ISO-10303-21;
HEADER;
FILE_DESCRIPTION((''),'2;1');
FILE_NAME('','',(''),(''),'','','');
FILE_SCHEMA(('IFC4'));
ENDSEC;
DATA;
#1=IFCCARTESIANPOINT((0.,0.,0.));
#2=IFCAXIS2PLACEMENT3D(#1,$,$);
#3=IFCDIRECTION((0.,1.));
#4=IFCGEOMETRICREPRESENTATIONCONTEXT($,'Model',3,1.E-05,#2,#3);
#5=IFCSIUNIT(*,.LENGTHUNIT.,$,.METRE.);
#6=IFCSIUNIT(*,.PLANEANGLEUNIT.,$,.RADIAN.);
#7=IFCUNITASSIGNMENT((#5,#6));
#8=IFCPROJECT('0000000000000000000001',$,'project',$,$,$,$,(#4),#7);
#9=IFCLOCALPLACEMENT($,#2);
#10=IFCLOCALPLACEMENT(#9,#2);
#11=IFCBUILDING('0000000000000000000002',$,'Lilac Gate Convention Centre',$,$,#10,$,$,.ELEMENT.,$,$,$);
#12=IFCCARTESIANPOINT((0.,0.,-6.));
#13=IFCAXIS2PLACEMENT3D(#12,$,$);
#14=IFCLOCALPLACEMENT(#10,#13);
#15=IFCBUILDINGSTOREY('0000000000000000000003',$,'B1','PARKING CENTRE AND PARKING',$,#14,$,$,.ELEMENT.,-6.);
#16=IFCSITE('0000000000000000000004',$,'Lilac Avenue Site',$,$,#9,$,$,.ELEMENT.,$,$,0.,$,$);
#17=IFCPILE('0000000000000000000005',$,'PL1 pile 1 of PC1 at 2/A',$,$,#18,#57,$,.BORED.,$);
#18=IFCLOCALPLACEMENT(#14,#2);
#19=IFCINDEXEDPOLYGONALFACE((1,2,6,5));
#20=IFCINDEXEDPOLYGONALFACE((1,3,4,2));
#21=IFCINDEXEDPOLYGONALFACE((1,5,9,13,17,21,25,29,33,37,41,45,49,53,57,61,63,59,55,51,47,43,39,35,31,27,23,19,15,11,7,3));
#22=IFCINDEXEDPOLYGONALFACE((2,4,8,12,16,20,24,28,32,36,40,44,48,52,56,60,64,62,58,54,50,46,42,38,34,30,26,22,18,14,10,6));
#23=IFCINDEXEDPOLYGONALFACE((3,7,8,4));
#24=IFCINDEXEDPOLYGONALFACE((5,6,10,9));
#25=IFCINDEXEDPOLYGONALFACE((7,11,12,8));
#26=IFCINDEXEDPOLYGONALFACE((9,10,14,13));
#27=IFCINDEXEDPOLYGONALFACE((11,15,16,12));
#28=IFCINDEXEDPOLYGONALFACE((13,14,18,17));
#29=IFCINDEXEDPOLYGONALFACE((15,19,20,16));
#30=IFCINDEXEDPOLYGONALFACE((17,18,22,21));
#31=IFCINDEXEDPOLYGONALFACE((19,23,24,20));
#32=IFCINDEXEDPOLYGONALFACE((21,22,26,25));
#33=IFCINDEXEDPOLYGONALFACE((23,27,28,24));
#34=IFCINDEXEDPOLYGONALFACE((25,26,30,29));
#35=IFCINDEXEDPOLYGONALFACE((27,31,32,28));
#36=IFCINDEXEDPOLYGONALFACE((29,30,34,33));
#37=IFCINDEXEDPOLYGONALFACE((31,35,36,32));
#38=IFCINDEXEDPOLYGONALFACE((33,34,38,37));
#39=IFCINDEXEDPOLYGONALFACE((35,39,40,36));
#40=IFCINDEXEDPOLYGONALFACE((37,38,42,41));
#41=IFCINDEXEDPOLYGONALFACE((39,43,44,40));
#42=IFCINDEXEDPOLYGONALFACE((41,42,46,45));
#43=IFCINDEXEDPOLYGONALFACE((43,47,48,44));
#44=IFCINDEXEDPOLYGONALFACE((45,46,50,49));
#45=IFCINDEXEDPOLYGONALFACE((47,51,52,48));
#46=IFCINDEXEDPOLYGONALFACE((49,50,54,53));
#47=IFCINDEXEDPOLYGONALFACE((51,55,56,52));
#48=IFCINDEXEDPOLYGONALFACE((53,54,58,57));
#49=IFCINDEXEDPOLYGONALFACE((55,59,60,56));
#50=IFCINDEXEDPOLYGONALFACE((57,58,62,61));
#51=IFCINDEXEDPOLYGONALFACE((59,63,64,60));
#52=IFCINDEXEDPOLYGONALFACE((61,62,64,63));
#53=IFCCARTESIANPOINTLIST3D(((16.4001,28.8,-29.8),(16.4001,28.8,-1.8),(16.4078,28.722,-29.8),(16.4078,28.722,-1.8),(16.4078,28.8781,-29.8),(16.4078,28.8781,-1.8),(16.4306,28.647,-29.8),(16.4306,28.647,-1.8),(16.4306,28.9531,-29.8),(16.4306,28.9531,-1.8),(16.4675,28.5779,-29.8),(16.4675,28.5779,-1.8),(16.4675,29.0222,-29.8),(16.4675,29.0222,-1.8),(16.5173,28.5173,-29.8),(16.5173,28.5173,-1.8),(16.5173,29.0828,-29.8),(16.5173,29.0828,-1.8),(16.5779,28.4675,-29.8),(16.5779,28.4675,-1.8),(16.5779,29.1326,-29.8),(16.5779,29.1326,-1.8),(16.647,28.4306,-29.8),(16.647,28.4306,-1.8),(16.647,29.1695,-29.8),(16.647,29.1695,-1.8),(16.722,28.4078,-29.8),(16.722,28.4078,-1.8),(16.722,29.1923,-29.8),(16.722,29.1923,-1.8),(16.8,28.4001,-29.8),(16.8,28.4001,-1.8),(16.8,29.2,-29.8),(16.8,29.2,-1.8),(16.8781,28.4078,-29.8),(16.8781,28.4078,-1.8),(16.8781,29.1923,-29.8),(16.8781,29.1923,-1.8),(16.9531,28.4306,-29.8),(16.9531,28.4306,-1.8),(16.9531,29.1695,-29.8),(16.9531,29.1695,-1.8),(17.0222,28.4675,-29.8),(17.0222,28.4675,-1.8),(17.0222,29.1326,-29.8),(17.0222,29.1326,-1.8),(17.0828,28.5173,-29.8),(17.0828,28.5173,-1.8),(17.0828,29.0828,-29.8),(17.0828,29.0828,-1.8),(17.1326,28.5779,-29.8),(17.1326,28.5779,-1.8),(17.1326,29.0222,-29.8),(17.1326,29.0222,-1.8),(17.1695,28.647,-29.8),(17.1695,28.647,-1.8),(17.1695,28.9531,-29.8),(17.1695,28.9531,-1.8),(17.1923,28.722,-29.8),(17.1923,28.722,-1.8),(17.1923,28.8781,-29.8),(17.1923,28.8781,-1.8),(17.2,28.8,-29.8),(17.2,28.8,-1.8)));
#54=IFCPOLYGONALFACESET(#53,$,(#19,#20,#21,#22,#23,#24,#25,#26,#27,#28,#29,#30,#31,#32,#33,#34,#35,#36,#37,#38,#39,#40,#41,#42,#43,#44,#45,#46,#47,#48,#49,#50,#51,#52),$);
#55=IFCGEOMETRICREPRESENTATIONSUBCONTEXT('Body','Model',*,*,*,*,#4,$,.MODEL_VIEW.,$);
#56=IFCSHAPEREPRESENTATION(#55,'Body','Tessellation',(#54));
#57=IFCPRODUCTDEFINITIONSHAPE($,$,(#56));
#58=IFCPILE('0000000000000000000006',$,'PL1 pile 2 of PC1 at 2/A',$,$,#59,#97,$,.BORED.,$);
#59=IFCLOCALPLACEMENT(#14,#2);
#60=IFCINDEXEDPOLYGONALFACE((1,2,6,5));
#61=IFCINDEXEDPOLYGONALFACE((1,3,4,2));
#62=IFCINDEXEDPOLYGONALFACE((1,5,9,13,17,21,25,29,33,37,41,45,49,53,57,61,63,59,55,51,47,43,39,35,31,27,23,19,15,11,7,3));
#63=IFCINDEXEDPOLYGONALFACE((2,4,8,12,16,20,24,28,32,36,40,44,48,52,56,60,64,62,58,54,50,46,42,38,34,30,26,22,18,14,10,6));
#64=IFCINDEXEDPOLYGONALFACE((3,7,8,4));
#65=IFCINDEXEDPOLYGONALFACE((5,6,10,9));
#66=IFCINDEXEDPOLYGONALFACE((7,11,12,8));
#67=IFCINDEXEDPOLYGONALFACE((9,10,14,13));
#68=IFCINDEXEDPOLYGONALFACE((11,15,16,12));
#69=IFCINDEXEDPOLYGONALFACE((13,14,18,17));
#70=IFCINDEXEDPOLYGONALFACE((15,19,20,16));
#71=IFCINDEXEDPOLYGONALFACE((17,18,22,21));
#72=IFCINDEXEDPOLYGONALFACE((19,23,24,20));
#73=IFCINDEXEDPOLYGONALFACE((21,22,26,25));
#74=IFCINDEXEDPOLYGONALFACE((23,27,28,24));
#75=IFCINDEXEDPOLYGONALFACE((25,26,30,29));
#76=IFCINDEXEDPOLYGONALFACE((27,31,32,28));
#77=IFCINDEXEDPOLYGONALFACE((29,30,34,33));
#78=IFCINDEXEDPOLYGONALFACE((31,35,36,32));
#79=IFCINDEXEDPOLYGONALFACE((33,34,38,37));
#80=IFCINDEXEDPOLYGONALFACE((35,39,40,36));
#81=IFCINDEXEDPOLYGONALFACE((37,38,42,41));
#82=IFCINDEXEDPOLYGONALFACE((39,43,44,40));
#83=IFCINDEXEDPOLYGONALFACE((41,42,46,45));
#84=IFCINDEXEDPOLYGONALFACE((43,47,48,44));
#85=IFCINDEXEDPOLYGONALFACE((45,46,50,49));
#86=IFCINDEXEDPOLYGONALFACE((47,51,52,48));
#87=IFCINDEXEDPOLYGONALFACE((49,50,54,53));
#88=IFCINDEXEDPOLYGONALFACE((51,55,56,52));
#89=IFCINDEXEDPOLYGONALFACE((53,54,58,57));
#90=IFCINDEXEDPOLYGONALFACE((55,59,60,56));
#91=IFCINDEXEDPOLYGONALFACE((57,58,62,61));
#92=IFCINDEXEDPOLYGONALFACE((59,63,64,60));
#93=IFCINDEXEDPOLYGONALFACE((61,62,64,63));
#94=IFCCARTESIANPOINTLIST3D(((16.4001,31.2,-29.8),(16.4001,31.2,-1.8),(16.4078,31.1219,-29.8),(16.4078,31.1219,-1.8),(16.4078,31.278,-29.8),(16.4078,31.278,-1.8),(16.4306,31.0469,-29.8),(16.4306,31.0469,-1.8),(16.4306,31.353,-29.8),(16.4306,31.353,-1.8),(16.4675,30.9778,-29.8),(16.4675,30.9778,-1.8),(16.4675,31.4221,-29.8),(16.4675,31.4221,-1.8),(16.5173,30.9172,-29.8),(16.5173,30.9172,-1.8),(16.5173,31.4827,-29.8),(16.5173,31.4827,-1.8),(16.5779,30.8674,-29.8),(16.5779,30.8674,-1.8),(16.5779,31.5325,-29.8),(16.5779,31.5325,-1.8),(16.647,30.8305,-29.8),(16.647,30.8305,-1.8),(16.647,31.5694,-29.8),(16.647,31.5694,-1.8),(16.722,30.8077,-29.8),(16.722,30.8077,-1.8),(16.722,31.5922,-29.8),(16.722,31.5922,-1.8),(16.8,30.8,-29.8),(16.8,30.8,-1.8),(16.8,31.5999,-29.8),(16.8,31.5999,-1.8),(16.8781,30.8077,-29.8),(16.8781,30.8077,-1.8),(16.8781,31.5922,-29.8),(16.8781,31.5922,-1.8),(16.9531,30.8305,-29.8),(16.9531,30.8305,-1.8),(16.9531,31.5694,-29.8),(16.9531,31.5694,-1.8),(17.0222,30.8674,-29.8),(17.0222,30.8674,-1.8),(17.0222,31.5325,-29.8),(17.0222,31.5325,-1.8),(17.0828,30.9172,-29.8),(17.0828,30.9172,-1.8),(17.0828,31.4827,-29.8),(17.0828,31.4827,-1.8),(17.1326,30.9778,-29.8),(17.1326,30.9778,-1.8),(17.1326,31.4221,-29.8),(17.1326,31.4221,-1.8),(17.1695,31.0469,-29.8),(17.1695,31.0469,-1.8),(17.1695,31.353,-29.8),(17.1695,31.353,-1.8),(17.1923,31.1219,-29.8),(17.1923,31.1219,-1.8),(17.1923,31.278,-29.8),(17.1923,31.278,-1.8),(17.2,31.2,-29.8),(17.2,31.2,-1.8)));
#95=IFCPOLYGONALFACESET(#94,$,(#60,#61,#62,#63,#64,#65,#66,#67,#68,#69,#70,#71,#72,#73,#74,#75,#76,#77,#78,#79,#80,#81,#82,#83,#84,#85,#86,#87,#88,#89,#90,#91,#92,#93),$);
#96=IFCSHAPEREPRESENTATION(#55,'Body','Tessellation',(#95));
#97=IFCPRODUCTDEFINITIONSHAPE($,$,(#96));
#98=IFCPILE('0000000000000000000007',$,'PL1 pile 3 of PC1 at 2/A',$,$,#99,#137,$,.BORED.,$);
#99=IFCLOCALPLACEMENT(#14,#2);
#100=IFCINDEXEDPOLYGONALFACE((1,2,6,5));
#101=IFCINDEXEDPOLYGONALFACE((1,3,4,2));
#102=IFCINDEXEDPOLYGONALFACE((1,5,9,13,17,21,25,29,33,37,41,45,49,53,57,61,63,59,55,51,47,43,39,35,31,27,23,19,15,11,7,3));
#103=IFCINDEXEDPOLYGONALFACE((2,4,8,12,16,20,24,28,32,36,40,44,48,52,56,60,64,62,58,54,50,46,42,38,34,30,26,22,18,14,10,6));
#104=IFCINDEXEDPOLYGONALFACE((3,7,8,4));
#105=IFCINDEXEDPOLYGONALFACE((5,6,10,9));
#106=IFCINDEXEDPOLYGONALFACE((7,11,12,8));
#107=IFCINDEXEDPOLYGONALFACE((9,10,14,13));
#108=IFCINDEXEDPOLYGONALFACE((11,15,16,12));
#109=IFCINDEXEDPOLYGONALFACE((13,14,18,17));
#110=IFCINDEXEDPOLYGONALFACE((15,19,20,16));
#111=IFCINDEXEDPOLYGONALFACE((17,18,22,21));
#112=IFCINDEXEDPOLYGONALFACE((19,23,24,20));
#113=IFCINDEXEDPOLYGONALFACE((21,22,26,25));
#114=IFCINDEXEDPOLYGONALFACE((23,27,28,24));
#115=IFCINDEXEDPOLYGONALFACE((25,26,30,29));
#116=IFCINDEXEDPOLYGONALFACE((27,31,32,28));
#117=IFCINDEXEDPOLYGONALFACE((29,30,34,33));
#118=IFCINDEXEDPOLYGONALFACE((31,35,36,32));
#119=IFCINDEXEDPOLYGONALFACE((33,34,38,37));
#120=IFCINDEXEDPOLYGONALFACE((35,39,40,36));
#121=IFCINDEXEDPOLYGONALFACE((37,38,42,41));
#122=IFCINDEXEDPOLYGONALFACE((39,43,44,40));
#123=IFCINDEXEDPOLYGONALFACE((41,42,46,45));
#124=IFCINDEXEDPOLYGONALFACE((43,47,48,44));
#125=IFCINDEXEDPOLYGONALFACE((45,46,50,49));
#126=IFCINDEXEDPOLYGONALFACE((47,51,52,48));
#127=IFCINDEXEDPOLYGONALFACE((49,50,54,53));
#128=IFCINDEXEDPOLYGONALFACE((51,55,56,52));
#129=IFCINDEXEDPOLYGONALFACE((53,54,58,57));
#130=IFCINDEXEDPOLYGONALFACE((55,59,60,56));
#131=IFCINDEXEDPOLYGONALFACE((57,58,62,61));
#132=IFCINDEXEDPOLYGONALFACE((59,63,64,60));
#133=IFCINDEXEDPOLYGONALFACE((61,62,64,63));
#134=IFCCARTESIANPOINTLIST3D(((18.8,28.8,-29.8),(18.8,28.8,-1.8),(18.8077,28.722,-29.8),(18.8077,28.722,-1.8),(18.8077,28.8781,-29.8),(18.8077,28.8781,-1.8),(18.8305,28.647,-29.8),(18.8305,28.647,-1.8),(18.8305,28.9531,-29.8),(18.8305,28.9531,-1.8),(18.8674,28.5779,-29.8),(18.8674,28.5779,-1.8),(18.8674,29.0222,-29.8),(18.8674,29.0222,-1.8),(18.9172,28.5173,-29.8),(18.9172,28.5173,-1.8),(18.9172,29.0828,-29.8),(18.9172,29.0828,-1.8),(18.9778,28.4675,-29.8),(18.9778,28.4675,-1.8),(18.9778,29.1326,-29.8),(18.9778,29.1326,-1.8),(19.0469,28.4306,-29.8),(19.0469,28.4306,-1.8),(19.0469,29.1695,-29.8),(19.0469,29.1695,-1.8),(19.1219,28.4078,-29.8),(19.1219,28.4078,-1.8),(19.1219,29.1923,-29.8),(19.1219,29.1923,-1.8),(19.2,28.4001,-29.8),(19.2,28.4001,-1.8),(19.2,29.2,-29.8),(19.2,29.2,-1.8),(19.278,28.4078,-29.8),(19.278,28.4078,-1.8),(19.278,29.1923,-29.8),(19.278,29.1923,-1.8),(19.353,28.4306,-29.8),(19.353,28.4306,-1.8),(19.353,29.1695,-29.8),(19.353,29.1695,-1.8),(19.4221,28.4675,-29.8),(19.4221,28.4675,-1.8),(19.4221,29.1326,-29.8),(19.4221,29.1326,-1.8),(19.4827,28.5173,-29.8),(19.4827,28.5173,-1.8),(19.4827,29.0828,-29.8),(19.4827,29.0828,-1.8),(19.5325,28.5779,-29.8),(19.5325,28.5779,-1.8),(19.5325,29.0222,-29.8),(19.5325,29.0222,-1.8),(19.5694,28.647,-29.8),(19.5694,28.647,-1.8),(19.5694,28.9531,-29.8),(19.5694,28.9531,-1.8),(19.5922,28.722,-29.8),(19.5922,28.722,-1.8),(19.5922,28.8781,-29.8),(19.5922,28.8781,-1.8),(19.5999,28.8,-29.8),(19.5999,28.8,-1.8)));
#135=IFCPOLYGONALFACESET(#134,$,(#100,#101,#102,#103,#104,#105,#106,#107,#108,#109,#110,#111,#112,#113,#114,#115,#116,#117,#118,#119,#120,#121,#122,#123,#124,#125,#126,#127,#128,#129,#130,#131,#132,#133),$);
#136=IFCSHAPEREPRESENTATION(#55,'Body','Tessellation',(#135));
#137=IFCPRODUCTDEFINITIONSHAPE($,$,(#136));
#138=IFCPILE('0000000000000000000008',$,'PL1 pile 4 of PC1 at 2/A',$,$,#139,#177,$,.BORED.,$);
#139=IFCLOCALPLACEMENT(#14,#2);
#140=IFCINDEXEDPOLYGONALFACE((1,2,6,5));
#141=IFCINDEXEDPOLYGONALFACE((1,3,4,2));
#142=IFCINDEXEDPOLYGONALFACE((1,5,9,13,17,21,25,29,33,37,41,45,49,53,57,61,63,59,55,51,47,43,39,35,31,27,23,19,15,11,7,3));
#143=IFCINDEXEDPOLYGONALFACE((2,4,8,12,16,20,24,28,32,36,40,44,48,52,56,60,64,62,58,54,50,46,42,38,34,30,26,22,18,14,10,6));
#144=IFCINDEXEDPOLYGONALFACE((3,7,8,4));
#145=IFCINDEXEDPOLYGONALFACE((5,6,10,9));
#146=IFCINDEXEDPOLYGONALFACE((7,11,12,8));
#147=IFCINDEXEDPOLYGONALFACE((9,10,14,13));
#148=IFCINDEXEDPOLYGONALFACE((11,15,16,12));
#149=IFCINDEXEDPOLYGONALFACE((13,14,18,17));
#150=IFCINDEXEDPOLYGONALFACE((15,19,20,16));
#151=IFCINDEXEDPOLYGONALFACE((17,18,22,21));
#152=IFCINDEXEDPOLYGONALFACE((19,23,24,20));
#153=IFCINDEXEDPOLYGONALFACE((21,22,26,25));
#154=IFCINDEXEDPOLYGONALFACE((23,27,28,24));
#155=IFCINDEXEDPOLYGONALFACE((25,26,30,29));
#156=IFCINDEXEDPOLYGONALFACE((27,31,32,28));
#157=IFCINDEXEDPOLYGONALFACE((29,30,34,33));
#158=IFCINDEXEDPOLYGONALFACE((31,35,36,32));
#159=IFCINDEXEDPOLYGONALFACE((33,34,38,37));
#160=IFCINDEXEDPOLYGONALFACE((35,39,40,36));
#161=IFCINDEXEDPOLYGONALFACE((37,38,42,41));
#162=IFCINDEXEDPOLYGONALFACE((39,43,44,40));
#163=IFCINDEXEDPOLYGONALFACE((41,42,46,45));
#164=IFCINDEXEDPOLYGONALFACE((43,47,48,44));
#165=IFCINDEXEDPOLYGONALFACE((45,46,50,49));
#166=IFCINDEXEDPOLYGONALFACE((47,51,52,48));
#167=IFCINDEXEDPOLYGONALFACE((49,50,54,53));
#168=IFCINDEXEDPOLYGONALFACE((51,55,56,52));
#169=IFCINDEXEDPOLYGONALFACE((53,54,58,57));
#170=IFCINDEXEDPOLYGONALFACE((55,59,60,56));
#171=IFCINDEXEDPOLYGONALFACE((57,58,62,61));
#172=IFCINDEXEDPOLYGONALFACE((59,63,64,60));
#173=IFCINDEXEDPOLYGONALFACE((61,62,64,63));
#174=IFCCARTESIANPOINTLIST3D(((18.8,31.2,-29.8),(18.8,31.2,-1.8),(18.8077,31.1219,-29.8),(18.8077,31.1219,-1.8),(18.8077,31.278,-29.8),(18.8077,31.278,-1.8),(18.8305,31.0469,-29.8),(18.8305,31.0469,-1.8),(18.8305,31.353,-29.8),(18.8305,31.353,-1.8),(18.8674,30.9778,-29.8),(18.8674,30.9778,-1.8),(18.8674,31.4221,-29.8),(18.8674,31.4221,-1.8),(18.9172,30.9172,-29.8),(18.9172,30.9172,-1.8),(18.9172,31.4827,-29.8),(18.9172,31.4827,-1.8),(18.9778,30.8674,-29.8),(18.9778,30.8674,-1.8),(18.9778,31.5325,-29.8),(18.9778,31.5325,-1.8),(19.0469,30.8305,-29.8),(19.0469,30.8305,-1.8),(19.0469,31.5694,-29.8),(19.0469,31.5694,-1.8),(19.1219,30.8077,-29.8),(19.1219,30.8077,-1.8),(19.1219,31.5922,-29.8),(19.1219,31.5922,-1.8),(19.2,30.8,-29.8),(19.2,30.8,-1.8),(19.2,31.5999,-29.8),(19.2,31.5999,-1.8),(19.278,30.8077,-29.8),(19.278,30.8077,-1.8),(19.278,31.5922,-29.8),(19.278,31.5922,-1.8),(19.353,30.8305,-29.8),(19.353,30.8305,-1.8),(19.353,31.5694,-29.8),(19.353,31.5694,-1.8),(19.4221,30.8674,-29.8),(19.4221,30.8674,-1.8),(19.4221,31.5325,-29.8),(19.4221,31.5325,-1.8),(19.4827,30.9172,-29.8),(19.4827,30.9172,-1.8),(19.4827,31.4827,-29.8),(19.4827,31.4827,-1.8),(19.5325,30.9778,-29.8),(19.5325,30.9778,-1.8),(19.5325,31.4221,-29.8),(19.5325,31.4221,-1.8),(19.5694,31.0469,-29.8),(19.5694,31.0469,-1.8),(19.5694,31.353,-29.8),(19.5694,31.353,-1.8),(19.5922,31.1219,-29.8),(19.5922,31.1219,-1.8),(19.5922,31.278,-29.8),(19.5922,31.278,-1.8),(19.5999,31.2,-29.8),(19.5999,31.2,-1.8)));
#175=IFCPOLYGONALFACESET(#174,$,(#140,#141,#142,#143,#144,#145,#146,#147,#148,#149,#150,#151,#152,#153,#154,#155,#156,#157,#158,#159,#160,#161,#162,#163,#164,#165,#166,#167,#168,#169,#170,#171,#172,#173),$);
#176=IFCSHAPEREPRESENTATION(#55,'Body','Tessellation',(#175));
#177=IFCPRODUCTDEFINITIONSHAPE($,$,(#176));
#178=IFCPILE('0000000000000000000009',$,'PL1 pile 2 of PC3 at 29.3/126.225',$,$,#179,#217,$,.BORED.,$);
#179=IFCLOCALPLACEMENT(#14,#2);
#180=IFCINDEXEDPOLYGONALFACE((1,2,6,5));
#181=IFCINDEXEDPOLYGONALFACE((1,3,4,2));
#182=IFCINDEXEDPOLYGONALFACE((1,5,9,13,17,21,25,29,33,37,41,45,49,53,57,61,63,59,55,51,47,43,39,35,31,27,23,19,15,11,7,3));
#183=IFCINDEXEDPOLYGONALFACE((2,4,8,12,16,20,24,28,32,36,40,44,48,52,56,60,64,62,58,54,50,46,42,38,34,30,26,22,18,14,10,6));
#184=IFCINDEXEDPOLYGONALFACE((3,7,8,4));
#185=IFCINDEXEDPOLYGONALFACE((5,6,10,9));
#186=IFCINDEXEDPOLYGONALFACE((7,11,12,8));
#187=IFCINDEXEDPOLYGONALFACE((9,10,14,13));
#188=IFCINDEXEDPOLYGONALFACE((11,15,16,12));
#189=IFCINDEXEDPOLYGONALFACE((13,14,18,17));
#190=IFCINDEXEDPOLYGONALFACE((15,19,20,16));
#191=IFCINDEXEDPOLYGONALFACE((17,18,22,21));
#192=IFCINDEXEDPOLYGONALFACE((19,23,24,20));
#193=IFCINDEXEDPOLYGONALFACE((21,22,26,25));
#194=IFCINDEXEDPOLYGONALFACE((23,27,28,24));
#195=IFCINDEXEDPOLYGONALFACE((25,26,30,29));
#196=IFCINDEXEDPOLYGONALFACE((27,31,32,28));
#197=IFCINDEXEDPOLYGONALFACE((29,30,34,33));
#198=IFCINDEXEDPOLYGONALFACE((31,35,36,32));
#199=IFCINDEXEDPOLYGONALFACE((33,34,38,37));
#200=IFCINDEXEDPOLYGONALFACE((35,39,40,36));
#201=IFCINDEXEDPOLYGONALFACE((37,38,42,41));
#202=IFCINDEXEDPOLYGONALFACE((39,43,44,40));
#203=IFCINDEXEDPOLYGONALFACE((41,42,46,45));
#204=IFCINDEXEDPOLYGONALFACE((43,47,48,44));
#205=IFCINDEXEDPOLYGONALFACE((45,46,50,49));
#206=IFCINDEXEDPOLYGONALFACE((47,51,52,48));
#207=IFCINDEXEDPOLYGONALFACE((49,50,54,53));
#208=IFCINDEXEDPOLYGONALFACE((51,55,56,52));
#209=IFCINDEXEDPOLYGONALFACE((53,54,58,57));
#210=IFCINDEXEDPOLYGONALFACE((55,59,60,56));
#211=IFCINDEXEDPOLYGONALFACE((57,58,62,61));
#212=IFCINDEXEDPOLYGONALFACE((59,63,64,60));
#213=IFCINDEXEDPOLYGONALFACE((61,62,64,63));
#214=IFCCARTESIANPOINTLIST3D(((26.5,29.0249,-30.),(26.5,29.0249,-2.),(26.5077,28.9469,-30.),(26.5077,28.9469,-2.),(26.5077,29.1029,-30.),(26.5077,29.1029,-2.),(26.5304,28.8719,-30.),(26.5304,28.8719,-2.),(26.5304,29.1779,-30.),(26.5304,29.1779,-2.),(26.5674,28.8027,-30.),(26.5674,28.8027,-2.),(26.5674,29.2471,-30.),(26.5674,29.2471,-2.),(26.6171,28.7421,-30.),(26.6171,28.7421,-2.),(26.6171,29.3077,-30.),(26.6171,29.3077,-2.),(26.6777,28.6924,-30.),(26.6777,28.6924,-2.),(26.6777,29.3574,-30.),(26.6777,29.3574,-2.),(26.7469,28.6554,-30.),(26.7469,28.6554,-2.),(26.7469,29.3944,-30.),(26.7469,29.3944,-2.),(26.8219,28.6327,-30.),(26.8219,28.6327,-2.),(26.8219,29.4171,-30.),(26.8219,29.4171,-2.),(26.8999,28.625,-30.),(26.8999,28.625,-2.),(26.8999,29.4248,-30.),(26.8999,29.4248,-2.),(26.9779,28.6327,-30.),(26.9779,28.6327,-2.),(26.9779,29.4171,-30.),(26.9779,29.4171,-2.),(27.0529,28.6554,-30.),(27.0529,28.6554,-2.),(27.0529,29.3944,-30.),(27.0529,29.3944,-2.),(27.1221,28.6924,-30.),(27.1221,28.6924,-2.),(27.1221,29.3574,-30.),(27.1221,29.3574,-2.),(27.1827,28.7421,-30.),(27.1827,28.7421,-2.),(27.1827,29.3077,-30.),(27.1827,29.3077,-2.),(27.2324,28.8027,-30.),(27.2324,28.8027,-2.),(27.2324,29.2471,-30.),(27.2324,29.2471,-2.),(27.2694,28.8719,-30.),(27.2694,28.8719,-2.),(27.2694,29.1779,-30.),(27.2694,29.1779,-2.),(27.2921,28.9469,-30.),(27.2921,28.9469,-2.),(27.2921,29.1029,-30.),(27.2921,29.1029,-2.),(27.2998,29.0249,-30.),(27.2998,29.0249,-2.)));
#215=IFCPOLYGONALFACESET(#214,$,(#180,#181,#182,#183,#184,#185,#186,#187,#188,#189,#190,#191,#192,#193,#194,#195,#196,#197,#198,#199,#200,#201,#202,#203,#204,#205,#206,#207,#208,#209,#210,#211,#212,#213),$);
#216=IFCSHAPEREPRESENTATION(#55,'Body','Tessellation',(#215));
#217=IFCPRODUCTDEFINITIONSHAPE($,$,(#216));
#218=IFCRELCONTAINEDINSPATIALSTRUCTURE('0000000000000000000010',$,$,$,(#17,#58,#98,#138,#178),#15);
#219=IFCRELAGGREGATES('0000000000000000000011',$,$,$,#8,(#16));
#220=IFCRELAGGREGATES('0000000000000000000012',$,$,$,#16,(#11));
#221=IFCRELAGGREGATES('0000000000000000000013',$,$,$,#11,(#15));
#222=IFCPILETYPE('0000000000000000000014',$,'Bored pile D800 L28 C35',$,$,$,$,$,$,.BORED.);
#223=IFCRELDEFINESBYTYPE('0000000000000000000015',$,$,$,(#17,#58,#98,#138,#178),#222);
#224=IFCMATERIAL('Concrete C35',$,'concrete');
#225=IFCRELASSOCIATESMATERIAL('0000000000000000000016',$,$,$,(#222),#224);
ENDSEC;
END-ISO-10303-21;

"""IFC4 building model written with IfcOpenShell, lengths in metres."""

from ifc_helpers import new_model, si_unit, direction, frame, origin, origin_2d, place, context, subcontext, project, spatial, circle, extrude, material, material_profile, profile_set, type_object, element, save


model = new_model("IFC4")

# Units and contexts
model_context = context("Model", 3, precision=1e-05, world=origin(), true_north=direction((0.0, 1.0)))
body_context = subcontext(model_context, "Body", "Model", "MODEL_VIEW")
ifc_project = project(units=[si_unit("LENGTHUNIT", "METRE"), si_unit("PLANEANGLEUNIT", "RADIAN")], contexts=[model_context])

# Site, building, storey
site_placement = place(None, origin())
site = spatial("IfcSite", under=ifc_project, at=site_placement, Name="Lilac Avenue Site", CompositionType="ELEMENT", RefElevation=0.0)
building_placement = place(site_placement, origin())
building = spatial("IfcBuilding", under=site, at=building_placement, Name="Lilac Gate Convention Centre", CompositionType="ELEMENT")
storey_placement = place(building_placement, frame((0.0, 0.0, -6.0)))
storey = spatial("IfcBuildingStorey", under=building, at=storey_placement, Name="B1", Description="PARKING CENTRE AND PARKING", CompositionType="ELEMENT", Elevation=-6.0)

# Piles
ifc_material_1 = material(Name="Concrete C35", Category="concrete")
ifc_material_profile_1 = material_profile(ifc_material_1, circle(Radius=0.3999, at=origin_2d()), Name="D800")
ifc_profile_set_1 = profile_set([ifc_material_profile_1], Name="Concrete C35")
pile_type = type_object("IfcPileType", Name="Bored pile D800 L28 C35", PredefinedType="BORED", material=ifc_profile_set_1)
for number, where, z_axis, x_axis, name in (
    (1, (16.8, 28.8, -1.8), (0.0, 0.0, -1.0), (1.0, 0.0, 0.0), "PL1 pile 1 of PC1 at 2/A"),
    (2, (16.8, 31.2, -1.8), (0.0, 0.0, -1.0), (1.0, 0.0, 0.0), "PL1 pile 2 of PC1 at 2/A"),
    (3, (19.2, 28.8, -1.8), (0.0, 0.0, -1.0), (1.0, 0.0, 0.0), "PL1 pile 3 of PC1 at 2/A"),
    (4, (19.2, 31.2, -1.8), (0.0, 0.0, -1.0), (1.0, 0.0, 0.0), "PL1 pile 4 of PC1 at 2/A"),
    (5, (26.8999, 29.0249, -2.0), (0.0, 0.0, -1.0), (1.0, 0.0, 0.0), "PL1 pile 2 of PC3 at 29.3/126.225"),
):
    element("IfcPile", number, at=place(storey_placement, frame(where, z_axis=z_axis, x_axis=x_axis)), inside=storey, type_object=pile_type, Name=name, PredefinedType="BORED", context=body_context, shape_type="SweptSolid", body=[
        extrude(circle(Radius=0.3999, at=origin_2d()), origin(), (0.0, 0.0, 1.0), 28.0),
    ])

save(model, "model.ifc")
